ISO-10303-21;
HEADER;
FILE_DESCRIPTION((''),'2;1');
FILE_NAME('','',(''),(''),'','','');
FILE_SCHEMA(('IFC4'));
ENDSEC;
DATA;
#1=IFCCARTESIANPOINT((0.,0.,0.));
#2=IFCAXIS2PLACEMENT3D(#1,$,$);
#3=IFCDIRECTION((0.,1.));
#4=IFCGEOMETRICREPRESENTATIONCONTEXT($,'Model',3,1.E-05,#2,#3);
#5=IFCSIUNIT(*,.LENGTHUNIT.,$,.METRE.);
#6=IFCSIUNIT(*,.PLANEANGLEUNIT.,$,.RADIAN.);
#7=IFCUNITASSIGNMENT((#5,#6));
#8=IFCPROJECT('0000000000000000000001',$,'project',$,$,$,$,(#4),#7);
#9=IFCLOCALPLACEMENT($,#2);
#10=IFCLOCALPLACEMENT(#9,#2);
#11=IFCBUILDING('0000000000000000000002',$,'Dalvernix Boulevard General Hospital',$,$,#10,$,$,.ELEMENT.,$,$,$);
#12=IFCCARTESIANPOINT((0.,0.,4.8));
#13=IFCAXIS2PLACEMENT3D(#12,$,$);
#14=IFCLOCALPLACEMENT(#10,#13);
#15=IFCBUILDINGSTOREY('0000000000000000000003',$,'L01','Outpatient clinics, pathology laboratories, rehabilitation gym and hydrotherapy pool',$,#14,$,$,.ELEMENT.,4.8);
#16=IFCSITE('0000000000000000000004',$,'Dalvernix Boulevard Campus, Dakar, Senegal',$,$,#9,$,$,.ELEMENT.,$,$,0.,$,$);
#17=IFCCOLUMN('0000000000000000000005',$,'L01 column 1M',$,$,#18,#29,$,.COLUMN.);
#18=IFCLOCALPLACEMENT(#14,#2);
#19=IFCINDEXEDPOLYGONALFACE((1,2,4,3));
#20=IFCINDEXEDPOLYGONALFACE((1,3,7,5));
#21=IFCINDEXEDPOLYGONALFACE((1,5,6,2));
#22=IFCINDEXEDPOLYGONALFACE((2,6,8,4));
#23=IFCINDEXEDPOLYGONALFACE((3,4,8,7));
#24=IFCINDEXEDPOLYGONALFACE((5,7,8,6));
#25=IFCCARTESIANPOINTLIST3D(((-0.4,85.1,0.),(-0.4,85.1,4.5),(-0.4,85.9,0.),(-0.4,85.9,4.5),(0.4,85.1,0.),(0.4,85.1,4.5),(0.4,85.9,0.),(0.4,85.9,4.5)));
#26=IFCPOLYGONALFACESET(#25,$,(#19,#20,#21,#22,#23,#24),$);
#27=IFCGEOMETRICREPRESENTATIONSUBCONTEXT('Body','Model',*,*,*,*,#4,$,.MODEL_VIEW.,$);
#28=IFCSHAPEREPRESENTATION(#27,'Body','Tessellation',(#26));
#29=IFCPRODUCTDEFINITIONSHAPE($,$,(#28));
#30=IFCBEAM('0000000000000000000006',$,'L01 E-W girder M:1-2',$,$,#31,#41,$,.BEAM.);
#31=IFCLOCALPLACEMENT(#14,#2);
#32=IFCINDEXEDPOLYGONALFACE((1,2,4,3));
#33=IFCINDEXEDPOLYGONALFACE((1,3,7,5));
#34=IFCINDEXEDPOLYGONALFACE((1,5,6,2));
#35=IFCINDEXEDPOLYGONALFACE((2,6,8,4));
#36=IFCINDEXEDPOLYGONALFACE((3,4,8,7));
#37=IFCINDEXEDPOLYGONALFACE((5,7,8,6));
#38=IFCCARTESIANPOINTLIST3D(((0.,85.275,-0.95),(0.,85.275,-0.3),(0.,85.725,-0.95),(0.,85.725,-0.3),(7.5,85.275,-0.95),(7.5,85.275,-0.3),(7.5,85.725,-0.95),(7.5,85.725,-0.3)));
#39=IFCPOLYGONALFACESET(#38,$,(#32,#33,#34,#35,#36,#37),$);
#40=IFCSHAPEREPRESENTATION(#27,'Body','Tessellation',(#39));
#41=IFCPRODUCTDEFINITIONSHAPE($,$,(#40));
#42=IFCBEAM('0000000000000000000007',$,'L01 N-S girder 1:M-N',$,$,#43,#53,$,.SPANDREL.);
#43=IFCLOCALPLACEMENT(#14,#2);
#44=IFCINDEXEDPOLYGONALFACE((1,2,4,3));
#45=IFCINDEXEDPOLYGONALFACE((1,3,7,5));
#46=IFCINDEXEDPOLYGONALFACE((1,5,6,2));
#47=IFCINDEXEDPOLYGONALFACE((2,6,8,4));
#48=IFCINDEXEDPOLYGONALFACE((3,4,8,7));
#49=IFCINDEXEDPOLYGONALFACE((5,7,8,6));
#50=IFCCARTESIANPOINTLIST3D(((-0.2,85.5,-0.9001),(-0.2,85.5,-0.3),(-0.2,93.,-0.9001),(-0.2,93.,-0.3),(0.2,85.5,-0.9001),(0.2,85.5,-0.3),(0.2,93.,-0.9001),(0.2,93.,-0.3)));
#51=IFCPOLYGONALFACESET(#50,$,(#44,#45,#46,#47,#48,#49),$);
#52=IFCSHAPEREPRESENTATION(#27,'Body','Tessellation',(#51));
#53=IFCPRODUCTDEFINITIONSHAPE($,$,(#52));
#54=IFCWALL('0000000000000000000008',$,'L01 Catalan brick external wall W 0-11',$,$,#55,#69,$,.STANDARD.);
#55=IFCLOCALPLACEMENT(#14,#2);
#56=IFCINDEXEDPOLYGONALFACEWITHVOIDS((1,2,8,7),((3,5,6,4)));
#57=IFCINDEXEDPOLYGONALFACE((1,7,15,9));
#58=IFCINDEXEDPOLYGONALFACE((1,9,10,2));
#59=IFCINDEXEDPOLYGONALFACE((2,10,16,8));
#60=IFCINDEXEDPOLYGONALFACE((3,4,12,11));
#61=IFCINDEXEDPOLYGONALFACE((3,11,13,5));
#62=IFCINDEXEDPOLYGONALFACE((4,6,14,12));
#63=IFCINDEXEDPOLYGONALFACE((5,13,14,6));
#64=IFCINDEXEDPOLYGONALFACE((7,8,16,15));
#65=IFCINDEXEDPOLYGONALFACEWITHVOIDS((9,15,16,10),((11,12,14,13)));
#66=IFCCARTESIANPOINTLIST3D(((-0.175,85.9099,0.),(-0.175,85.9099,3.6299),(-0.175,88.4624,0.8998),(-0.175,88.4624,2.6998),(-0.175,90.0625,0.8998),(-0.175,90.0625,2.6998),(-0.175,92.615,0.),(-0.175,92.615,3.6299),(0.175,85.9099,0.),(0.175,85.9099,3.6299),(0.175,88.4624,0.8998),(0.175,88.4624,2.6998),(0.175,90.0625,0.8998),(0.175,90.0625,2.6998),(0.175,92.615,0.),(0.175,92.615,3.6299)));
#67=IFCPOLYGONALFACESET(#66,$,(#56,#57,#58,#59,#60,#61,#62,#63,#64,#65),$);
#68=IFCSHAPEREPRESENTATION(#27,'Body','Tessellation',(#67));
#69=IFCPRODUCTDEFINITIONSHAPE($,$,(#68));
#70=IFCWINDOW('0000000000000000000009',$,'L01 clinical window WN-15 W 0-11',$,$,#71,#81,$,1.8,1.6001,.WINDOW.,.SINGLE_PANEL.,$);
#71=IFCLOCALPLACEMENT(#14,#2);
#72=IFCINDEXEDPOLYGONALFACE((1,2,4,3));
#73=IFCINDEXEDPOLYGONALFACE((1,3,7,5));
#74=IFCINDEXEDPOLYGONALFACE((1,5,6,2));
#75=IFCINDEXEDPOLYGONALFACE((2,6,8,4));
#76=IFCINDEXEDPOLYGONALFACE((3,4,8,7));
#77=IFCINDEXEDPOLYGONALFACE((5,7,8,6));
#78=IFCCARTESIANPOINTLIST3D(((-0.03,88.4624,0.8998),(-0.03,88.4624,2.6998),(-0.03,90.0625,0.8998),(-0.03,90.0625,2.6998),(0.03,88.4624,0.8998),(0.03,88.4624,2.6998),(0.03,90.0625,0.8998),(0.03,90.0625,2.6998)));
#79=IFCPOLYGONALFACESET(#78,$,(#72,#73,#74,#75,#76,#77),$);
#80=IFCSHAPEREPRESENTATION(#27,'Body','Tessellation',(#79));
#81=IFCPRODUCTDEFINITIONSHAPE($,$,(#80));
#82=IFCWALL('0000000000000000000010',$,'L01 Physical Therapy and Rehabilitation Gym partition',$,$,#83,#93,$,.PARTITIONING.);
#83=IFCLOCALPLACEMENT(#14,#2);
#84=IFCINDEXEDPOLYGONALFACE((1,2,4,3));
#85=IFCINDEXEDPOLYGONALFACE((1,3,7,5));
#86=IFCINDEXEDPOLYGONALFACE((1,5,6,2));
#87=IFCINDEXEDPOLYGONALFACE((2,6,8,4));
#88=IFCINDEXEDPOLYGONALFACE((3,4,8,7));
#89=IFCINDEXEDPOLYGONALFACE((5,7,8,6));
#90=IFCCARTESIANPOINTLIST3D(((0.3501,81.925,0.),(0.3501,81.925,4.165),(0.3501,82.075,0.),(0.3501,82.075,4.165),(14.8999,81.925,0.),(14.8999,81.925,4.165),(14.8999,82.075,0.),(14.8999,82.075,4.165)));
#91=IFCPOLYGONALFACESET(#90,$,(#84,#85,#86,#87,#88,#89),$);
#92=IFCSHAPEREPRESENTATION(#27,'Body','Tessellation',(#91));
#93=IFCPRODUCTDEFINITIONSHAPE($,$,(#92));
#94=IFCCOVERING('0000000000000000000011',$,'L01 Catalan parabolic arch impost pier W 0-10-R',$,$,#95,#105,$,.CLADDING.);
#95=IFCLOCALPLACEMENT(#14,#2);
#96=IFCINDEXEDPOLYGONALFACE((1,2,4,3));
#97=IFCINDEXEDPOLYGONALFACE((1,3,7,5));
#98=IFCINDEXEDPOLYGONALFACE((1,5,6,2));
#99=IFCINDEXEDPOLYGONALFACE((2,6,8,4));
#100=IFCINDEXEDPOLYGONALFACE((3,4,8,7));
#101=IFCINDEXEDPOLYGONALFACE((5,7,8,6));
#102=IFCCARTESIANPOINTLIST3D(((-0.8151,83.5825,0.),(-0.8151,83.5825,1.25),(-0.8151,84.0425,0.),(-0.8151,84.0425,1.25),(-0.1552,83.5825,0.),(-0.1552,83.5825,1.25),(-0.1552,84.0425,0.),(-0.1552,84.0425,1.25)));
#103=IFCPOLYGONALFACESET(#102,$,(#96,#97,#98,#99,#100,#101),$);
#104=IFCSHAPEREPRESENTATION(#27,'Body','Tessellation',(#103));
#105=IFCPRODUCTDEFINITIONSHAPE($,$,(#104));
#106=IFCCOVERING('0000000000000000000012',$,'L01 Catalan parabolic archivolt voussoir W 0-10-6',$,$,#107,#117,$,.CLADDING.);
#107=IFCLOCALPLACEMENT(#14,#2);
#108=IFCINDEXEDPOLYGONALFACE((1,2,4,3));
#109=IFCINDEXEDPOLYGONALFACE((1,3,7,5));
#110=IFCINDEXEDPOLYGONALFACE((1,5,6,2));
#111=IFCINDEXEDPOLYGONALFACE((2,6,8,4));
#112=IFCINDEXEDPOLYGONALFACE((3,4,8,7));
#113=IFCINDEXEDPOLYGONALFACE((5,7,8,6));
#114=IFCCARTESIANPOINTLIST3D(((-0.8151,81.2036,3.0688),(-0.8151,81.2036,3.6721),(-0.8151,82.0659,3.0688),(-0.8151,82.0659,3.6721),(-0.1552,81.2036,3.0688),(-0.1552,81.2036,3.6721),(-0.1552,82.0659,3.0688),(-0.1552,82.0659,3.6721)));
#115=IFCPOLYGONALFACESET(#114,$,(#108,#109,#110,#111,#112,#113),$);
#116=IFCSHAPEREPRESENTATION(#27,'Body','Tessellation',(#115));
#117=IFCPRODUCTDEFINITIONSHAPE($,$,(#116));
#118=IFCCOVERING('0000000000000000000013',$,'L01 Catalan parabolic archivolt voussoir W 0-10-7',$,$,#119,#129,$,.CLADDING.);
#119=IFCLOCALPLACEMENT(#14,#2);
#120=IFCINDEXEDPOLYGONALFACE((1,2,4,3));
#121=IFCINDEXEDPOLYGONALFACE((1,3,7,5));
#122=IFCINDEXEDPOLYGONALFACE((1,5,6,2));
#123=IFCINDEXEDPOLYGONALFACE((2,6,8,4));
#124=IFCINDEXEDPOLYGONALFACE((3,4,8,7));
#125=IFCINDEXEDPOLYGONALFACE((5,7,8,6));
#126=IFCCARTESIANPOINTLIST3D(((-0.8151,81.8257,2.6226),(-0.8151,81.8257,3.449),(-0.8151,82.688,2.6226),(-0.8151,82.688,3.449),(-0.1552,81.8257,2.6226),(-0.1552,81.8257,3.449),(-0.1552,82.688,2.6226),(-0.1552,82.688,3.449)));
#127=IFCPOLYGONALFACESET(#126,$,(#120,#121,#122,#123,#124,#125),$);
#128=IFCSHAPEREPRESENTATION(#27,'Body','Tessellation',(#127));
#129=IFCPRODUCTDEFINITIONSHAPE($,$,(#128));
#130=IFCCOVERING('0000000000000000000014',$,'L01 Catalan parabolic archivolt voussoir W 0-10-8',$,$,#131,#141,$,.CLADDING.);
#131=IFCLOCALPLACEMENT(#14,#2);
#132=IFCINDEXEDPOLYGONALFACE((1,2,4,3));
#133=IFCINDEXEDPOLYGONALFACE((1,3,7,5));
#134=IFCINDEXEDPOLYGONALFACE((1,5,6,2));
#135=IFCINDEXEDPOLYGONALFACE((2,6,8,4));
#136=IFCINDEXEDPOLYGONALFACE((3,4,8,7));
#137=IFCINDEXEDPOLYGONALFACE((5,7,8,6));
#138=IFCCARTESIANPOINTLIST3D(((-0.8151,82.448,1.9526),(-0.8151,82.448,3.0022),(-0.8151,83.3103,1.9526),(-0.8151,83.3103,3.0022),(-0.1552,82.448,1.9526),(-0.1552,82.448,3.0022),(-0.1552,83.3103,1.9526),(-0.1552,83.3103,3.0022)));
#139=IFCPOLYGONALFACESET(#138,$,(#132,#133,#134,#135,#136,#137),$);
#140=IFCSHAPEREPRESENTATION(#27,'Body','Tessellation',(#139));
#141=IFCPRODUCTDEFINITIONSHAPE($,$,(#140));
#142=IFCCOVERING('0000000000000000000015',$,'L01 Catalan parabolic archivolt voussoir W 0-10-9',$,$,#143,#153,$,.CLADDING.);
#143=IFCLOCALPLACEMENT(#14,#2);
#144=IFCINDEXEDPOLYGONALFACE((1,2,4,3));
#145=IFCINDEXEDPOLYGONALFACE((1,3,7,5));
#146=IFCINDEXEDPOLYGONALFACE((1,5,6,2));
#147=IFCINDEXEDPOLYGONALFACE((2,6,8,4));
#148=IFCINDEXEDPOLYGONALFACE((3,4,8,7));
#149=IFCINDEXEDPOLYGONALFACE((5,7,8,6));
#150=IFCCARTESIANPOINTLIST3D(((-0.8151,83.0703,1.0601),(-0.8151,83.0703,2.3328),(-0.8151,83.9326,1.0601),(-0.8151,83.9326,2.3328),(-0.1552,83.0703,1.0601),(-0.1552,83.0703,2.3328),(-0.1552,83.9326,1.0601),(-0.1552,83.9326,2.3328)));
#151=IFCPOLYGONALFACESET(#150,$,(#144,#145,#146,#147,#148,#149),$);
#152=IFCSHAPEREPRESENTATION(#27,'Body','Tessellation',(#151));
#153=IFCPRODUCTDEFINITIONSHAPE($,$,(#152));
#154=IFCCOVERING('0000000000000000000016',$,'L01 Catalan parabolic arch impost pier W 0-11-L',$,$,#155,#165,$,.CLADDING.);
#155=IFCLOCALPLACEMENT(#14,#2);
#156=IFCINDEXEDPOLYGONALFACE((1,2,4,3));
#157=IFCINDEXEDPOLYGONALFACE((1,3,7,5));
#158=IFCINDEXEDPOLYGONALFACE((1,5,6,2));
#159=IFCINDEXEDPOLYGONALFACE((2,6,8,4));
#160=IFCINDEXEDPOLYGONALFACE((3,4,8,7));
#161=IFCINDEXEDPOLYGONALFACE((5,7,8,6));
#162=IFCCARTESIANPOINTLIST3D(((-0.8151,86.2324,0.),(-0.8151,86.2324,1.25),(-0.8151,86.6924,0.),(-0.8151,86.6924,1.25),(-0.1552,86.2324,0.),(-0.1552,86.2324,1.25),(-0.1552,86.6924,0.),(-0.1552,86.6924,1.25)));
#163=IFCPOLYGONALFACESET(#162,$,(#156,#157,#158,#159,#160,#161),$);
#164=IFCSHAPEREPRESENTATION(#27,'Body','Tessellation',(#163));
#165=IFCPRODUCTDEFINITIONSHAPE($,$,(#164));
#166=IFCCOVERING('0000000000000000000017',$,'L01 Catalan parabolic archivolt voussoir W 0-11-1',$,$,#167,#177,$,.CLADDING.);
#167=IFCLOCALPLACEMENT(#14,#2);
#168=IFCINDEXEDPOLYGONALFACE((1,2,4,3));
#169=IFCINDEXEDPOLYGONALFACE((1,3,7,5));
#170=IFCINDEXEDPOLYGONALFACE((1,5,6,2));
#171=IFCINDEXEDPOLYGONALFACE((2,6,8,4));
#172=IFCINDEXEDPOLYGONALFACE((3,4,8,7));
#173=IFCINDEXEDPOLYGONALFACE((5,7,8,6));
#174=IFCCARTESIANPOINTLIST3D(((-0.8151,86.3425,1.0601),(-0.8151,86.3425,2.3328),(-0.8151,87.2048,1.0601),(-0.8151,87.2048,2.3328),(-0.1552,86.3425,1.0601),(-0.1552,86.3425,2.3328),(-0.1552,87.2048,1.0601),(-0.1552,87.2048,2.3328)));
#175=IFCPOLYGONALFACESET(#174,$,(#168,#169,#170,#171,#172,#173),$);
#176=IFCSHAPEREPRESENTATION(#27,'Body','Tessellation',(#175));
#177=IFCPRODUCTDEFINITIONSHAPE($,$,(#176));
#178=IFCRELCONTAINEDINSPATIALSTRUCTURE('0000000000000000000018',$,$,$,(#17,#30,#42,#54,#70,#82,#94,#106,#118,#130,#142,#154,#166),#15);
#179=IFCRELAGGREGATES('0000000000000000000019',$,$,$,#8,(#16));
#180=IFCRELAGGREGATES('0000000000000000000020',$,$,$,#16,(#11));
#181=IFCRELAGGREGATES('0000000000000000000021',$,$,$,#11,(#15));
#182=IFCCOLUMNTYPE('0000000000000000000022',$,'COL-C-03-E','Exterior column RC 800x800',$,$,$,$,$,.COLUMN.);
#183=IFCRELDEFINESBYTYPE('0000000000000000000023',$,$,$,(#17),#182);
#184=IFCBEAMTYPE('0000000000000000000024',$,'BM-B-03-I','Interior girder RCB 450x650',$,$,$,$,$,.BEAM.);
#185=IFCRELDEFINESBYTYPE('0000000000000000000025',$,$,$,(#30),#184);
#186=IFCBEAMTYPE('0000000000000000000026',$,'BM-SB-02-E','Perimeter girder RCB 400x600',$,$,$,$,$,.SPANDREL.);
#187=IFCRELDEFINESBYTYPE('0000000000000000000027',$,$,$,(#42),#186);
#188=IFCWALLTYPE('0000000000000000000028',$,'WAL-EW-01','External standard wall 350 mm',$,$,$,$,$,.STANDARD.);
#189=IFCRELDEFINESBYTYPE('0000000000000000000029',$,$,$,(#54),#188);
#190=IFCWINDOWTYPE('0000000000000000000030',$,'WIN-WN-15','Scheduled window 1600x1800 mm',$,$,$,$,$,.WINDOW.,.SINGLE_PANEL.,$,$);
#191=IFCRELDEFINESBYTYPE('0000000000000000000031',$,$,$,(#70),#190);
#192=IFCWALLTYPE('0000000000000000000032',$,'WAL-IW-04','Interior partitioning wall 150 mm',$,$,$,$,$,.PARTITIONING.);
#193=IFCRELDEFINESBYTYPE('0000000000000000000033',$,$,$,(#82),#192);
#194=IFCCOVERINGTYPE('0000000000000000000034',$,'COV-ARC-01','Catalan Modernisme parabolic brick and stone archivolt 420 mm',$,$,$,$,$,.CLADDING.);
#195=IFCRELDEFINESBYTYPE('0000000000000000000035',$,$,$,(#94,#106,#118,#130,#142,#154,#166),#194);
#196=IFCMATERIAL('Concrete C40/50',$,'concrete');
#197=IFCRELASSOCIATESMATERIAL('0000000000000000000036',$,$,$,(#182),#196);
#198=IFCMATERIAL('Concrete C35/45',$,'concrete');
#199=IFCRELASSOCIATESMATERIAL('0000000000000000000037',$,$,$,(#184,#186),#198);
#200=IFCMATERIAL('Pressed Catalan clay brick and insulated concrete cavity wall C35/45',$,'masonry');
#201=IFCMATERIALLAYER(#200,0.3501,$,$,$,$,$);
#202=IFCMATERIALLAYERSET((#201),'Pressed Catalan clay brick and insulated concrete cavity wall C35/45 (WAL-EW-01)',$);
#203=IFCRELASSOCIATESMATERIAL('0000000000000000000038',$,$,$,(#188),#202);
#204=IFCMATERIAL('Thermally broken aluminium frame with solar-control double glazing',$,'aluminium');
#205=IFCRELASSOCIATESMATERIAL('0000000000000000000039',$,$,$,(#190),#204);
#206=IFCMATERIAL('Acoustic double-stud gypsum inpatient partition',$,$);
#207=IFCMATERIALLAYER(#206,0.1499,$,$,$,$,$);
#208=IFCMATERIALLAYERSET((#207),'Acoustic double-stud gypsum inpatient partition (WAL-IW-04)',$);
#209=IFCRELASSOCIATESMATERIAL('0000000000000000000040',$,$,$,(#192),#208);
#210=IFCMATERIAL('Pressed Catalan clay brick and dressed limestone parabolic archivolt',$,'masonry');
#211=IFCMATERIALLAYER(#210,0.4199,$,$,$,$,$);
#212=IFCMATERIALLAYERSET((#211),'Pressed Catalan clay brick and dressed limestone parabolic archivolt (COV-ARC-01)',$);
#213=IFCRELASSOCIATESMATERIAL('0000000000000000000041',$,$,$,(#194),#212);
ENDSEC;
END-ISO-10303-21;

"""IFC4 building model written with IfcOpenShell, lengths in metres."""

from ifc_helpers import new_model, si_unit, direction, frame, frame_2d, origin, origin_2d, place, context, subcontext, project, spatial, rectangle, extrude, material, layer, layer_set, material_profile, profile_set, type_object, element, fill, save


model = new_model("IFC4")

# Units and contexts
model_context = context("Model", 3, precision=1e-05, world=origin(), true_north=direction((0.0, 1.0)))
body_context = subcontext(model_context, "Body", "Model", "MODEL_VIEW")
ifc_project = project(units=[si_unit("LENGTHUNIT", "METRE"), si_unit("PLANEANGLEUNIT", "RADIAN")], contexts=[model_context])

# Site, building, storey
site_placement = place(None, origin())
site = spatial("IfcSite", under=ifc_project, at=site_placement, Name="Dalvernix Boulevard Campus, Dakar, Senegal", CompositionType="ELEMENT", RefElevation=0.0)
building_placement = place(site_placement, origin())
building = spatial("IfcBuilding", under=site, at=building_placement, Name="Dalvernix Boulevard General Hospital", CompositionType="ELEMENT")
storey_placement = place(building_placement, frame((0.0, 0.0, 4.8)))
storey = spatial("IfcBuildingStorey", under=building, at=storey_placement, Name="L01", Description="Outpatient clinics, pathology laboratories, rehabilitation gym and hydrotherapy pool", CompositionType="ELEMENT", Elevation=4.8)

# Column
ifc_material_1 = material(Name="Concrete C40/50", Category="concrete")
ifc_material_profile_1 = material_profile(ifc_material_1, rectangle(XDim=0.8, YDim=0.8, at=origin_2d()), Name="RC 800x800")
ifc_profile_set_1 = profile_set([ifc_material_profile_1], Name="Concrete C40/50")
column_type = type_object("IfcColumnType", Name="COL-C-03-E", Description="Exterior column RC 800x800", PredefinedType="COLUMN", material=ifc_profile_set_1)
column_placement = place(storey_placement, frame((0.0, 85.5, 0.0), z_axis=(0.0, 0.0, 1.0), x_axis=(1.0, 0.0, 0.0)))
element("IfcColumn", 1, at=column_placement, inside=storey, type_object=column_type, Name="L01 column 1M", PredefinedType="COLUMN", context=body_context, shape_type="SweptSolid", body=[
    extrude(rectangle(XDim=0.8, YDim=0.8, at=origin_2d()), origin(), (0.0, 0.0, 1.0), 4.5),
])

# Beams
ifc_material_2 = material(Name="Concrete C35/45", Category="concrete")
ifc_material_profile_2 = material_profile(ifc_material_2, rectangle(XDim=0.45, YDim=0.6499, at=origin_2d()), Name="RCB 450x650")
ifc_profile_set_2 = profile_set([ifc_material_profile_2], Name="Concrete C35/45")
beam_type_1 = type_object("IfcBeamType", Name="BM-B-03-I", Description="Interior girder RCB 450x650", PredefinedType="BEAM", material=ifc_profile_set_2)
beam_1_placement = place(storey_placement, frame((0.0, 85.5, -0.625), z_axis=(1.0, 0.0, 0.0), x_axis=(0.0, 1.0, 0.0)))
element("IfcBeam", 2, at=beam_1_placement, inside=storey, type_object=beam_type_1, Name="L01 E-W girder M:1-2", PredefinedType="BEAM", context=body_context, shape_type="SweptSolid", body=[
    extrude(rectangle(XDim=0.45, YDim=0.6499, at=origin_2d()), origin(), (0.0, 0.0, 1.0), 7.5),
])
ifc_material_profile_3 = material_profile(ifc_material_2, rectangle(XDim=0.3999, YDim=0.6001, at=origin_2d()), Name="RCB 400x600")
ifc_profile_set_3 = profile_set([ifc_material_profile_3], Name="Concrete C35/45")
beam_type_2 = type_object("IfcBeamType", Name="BM-SB-02-E", Description="Perimeter girder RCB 400x600", PredefinedType="SPANDREL", material=ifc_profile_set_3)
beam_2_placement = place(storey_placement, frame((0.0, 85.5, -0.6001), z_axis=(0.0, 1.0, 0.0), x_axis=(-1.0, 0.0, 0.0)))
element("IfcBeam", 3, at=beam_2_placement, inside=storey, type_object=beam_type_2, Name="L01 N-S girder 1:M-N", PredefinedType="SPANDREL", context=body_context, shape_type="SweptSolid", body=[
    extrude(rectangle(XDim=0.3999, YDim=0.6001, at=origin_2d()), origin(), (0.0, 0.0, 1.0), 7.5),
])

# Wall, opening, window
ifc_material_3 = material(Name="Pressed Catalan clay brick and insulated concrete cavity wall C35/45", Category="masonry")
ifc_layer_1 = layer(ifc_material_3, 0.3501)
ifc_layer_set_1 = layer_set([ifc_layer_1], Name="Pressed Catalan clay brick and insulated concrete cavity wall C35/45 (WAL-EW-01)")
wall_type_1 = type_object("IfcWallType", Name="WAL-EW-01", Description="External standard wall 350 mm", PredefinedType="STANDARD", material=ifc_layer_set_1)
wall_1_placement = place(storey_placement, frame((0.0, 85.9099, 0.0), z_axis=(0.0, 0.0, 1.0), x_axis=(0.0, 1.0, 0.0)))
wall_1 = element("IfcWall", 4, at=wall_1_placement, inside=storey, type_object=wall_type_1, Name="L01 Catalan brick external wall W 0-11", PredefinedType="STANDARD", context=body_context, shape_type="SweptSolid", body=[
    extrude(rectangle(XDim=6.7051, YDim=0.3501, at=frame_2d((3.3525, 0.0))), origin(), (0.0, 0.0, 1.0), 3.6299),
])
opening_placement = place(wall_1_placement, frame((2.5525, 0.0, 0.8999)))
opening = element("IfcOpeningElement", 5, at=opening_placement, cuts=wall_1, PredefinedType="OPENING", context=body_context, shape_type="SweptSolid", body=[
    extrude(rectangle(XDim=1.6001, YDim=1.8, at=frame_2d((0.8, 0.8999))), frame((0.0, 0.1851, 0.0), z_axis=(0.0, -1.0, 0.0), x_axis=(1.0, 0.0, 0.0)), (0.0, 0.0, 1.0), 0.3701),
])
ifc_material_4 = material(Name="Thermally broken aluminium frame with solar-control double glazing", Category="aluminium")
window_type = type_object("IfcWindowType", Name="WIN-WN-15", Description="Scheduled window 1600x1800 mm", PartitioningType="SINGLE_PANEL", PredefinedType="WINDOW", material=ifc_material_4)
window_placement = place(opening_placement, origin())
window = element("IfcWindow", 6, at=window_placement, inside=storey, type_object=window_type, Name="L01 clinical window WN-15 W 0-11", OverallHeight=1.8, OverallWidth=1.6001, PartitioningType="SINGLE_PANEL", PredefinedType="WINDOW", context=body_context, shape_type="SweptSolid", body=[
    extrude(rectangle(XDim=1.6001, YDim=1.8, at=frame_2d((0.8, 0.8999))), frame((0.0, 0.03, 0.0), z_axis=(0.0, -1.0, 0.0), x_axis=(1.0, 0.0, 0.0)), (0.0, 0.0, 1.0), 0.0601),
])
fill(opening, window)

# Wall
ifc_material_5 = material(Name="Acoustic double-stud gypsum inpatient partition")
ifc_layer_2 = layer(ifc_material_5, 0.1499)
ifc_layer_set_2 = layer_set([ifc_layer_2], Name="Acoustic double-stud gypsum inpatient partition (WAL-IW-04)")
wall_type_2 = type_object("IfcWallType", Name="WAL-IW-04", Description="Interior partitioning wall 150 mm", PredefinedType="PARTITIONING", material=ifc_layer_set_2)
wall_2_placement = place(storey_placement, frame((0.3501, 82.0, 0.0), z_axis=(0.0, 0.0, 1.0), x_axis=(1.0, 0.0, 0.0)))
element("IfcWall", 7, at=wall_2_placement, inside=storey, type_object=wall_type_2, Name="L01 Physical Therapy and Rehabilitation Gym partition", PredefinedType="PARTITIONING", context=body_context, shape_type="SweptSolid", body=[
    extrude(rectangle(XDim=14.5498, YDim=0.1499, at=frame_2d((7.2749, 0.0))), origin(), (0.0, 0.0, 1.0), 4.165),
])

# Coverings
ifc_material_6 = material(Name="Pressed Catalan clay brick and dressed limestone parabolic archivolt", Category="masonry")
ifc_layer_3 = layer(ifc_material_6, 0.4199)
ifc_layer_set_3 = layer_set([ifc_layer_3], Name="Pressed Catalan clay brick and dressed limestone parabolic archivolt (COV-ARC-01)")
covering_type_1 = type_object("IfcCoveringType", Name="COV-ARC-01", Description="Catalan Modernisme parabolic brick and stone archivolt 420 mm", PredefinedType="CLADDING", material=ifc_layer_set_3)
covering_1_placement = place(storey_placement, frame((-0.4851, 83.8125, 0.0), z_axis=(0.0, 0.0, 1.0), x_axis=(0.0, 1.0, 0.0)))
element("IfcCovering", 8, at=covering_1_placement, inside=storey, type_object=covering_type_1, Name="L01 Catalan parabolic arch impost pier W 0-10-R", PredefinedType="CLADDING", context=body_context, shape_type="SweptSolid", body=[
    extrude(rectangle(XDim=0.46, YDim=0.6599, at=origin_2d()), origin(), (0.0, 0.0, 1.0), 1.25),
])
covering_2_placement = place(storey_placement, frame((-0.4851, 81.6348, 3.0688), z_axis=(0.0, 0.0, 1.0), x_axis=(0.0, 1.0, 0.0)))
element("IfcCovering", 9, at=covering_2_placement, inside=storey, type_object=covering_type_1, Name="L01 Catalan parabolic archivolt voussoir W 0-10-6", PredefinedType="CLADDING", context=body_context, shape_type="SweptSolid", body=[
    extrude(rectangle(XDim=0.8623, YDim=0.6599, at=origin_2d()), origin(), (0.0, 0.0, 1.0), 0.6033),
])
covering_3_placement = place(storey_placement, frame((-0.4851, 82.2568, 2.6226), z_axis=(0.0, 0.0, 1.0), x_axis=(0.0, 1.0, 0.0)))
element("IfcCovering", 10, at=covering_3_placement, inside=storey, type_object=covering_type_1, Name="L01 Catalan parabolic archivolt voussoir W 0-10-7", PredefinedType="CLADDING", context=body_context, shape_type="SweptSolid", body=[
    extrude(rectangle(XDim=0.8623, YDim=0.6599, at=origin_2d()), origin(), (0.0, 0.0, 1.0), 0.8264),
])
covering_4_placement = place(storey_placement, frame((-0.4851, 82.8792, 1.9526), z_axis=(0.0, 0.0, 1.0), x_axis=(0.0, 1.0, 0.0)))
element("IfcCovering", 11, at=covering_4_placement, inside=storey, type_object=covering_type_1, Name="L01 Catalan parabolic archivolt voussoir W 0-10-8", PredefinedType="CLADDING", context=body_context, shape_type="SweptSolid", body=[
    extrude(rectangle(XDim=0.8623, YDim=0.6599, at=origin_2d()), origin(), (0.0, 0.0, 1.0), 1.0496),
])
covering_5_placement = place(storey_placement, frame((-0.4851, 83.5015, 1.0601), z_axis=(0.0, 0.0, 1.0), x_axis=(0.0, 1.0, 0.0)))
element("IfcCovering", 12, at=covering_5_placement, inside=storey, type_object=covering_type_1, Name="L01 Catalan parabolic archivolt voussoir W 0-10-9", PredefinedType="CLADDING", context=body_context, shape_type="SweptSolid", body=[
    extrude(rectangle(XDim=0.8623, YDim=0.6599, at=origin_2d()), origin(), (0.0, 0.0, 1.0), 1.2727),
])
covering_6_placement = place(storey_placement, frame((-0.4851, 86.4624, 0.0), z_axis=(0.0, 0.0, 1.0), x_axis=(0.0, 1.0, 0.0)))
element("IfcCovering", 13, at=covering_6_placement, inside=storey, type_object=covering_type_1, Name="L01 Catalan parabolic arch impost pier W 0-11-L", PredefinedType="CLADDING", context=body_context, shape_type="SweptSolid", body=[
    extrude(rectangle(XDim=0.46, YDim=0.6599, at=origin_2d()), origin(), (0.0, 0.0, 1.0), 1.25),
])
covering_7_placement = place(storey_placement, frame((-0.4851, 86.7737, 1.0601), z_axis=(0.0, 0.0, 1.0), x_axis=(0.0, 1.0, 0.0)))
element("IfcCovering", 14, at=covering_7_placement, inside=storey, type_object=covering_type_1, Name="L01 Catalan parabolic archivolt voussoir W 0-11-1", PredefinedType="CLADDING", context=body_context, shape_type="SweptSolid", body=[
    extrude(rectangle(XDim=0.8623, YDim=0.6599, at=origin_2d()), origin(), (0.0, 0.0, 1.0), 1.2727),
])

save(model, "model.ifc")
